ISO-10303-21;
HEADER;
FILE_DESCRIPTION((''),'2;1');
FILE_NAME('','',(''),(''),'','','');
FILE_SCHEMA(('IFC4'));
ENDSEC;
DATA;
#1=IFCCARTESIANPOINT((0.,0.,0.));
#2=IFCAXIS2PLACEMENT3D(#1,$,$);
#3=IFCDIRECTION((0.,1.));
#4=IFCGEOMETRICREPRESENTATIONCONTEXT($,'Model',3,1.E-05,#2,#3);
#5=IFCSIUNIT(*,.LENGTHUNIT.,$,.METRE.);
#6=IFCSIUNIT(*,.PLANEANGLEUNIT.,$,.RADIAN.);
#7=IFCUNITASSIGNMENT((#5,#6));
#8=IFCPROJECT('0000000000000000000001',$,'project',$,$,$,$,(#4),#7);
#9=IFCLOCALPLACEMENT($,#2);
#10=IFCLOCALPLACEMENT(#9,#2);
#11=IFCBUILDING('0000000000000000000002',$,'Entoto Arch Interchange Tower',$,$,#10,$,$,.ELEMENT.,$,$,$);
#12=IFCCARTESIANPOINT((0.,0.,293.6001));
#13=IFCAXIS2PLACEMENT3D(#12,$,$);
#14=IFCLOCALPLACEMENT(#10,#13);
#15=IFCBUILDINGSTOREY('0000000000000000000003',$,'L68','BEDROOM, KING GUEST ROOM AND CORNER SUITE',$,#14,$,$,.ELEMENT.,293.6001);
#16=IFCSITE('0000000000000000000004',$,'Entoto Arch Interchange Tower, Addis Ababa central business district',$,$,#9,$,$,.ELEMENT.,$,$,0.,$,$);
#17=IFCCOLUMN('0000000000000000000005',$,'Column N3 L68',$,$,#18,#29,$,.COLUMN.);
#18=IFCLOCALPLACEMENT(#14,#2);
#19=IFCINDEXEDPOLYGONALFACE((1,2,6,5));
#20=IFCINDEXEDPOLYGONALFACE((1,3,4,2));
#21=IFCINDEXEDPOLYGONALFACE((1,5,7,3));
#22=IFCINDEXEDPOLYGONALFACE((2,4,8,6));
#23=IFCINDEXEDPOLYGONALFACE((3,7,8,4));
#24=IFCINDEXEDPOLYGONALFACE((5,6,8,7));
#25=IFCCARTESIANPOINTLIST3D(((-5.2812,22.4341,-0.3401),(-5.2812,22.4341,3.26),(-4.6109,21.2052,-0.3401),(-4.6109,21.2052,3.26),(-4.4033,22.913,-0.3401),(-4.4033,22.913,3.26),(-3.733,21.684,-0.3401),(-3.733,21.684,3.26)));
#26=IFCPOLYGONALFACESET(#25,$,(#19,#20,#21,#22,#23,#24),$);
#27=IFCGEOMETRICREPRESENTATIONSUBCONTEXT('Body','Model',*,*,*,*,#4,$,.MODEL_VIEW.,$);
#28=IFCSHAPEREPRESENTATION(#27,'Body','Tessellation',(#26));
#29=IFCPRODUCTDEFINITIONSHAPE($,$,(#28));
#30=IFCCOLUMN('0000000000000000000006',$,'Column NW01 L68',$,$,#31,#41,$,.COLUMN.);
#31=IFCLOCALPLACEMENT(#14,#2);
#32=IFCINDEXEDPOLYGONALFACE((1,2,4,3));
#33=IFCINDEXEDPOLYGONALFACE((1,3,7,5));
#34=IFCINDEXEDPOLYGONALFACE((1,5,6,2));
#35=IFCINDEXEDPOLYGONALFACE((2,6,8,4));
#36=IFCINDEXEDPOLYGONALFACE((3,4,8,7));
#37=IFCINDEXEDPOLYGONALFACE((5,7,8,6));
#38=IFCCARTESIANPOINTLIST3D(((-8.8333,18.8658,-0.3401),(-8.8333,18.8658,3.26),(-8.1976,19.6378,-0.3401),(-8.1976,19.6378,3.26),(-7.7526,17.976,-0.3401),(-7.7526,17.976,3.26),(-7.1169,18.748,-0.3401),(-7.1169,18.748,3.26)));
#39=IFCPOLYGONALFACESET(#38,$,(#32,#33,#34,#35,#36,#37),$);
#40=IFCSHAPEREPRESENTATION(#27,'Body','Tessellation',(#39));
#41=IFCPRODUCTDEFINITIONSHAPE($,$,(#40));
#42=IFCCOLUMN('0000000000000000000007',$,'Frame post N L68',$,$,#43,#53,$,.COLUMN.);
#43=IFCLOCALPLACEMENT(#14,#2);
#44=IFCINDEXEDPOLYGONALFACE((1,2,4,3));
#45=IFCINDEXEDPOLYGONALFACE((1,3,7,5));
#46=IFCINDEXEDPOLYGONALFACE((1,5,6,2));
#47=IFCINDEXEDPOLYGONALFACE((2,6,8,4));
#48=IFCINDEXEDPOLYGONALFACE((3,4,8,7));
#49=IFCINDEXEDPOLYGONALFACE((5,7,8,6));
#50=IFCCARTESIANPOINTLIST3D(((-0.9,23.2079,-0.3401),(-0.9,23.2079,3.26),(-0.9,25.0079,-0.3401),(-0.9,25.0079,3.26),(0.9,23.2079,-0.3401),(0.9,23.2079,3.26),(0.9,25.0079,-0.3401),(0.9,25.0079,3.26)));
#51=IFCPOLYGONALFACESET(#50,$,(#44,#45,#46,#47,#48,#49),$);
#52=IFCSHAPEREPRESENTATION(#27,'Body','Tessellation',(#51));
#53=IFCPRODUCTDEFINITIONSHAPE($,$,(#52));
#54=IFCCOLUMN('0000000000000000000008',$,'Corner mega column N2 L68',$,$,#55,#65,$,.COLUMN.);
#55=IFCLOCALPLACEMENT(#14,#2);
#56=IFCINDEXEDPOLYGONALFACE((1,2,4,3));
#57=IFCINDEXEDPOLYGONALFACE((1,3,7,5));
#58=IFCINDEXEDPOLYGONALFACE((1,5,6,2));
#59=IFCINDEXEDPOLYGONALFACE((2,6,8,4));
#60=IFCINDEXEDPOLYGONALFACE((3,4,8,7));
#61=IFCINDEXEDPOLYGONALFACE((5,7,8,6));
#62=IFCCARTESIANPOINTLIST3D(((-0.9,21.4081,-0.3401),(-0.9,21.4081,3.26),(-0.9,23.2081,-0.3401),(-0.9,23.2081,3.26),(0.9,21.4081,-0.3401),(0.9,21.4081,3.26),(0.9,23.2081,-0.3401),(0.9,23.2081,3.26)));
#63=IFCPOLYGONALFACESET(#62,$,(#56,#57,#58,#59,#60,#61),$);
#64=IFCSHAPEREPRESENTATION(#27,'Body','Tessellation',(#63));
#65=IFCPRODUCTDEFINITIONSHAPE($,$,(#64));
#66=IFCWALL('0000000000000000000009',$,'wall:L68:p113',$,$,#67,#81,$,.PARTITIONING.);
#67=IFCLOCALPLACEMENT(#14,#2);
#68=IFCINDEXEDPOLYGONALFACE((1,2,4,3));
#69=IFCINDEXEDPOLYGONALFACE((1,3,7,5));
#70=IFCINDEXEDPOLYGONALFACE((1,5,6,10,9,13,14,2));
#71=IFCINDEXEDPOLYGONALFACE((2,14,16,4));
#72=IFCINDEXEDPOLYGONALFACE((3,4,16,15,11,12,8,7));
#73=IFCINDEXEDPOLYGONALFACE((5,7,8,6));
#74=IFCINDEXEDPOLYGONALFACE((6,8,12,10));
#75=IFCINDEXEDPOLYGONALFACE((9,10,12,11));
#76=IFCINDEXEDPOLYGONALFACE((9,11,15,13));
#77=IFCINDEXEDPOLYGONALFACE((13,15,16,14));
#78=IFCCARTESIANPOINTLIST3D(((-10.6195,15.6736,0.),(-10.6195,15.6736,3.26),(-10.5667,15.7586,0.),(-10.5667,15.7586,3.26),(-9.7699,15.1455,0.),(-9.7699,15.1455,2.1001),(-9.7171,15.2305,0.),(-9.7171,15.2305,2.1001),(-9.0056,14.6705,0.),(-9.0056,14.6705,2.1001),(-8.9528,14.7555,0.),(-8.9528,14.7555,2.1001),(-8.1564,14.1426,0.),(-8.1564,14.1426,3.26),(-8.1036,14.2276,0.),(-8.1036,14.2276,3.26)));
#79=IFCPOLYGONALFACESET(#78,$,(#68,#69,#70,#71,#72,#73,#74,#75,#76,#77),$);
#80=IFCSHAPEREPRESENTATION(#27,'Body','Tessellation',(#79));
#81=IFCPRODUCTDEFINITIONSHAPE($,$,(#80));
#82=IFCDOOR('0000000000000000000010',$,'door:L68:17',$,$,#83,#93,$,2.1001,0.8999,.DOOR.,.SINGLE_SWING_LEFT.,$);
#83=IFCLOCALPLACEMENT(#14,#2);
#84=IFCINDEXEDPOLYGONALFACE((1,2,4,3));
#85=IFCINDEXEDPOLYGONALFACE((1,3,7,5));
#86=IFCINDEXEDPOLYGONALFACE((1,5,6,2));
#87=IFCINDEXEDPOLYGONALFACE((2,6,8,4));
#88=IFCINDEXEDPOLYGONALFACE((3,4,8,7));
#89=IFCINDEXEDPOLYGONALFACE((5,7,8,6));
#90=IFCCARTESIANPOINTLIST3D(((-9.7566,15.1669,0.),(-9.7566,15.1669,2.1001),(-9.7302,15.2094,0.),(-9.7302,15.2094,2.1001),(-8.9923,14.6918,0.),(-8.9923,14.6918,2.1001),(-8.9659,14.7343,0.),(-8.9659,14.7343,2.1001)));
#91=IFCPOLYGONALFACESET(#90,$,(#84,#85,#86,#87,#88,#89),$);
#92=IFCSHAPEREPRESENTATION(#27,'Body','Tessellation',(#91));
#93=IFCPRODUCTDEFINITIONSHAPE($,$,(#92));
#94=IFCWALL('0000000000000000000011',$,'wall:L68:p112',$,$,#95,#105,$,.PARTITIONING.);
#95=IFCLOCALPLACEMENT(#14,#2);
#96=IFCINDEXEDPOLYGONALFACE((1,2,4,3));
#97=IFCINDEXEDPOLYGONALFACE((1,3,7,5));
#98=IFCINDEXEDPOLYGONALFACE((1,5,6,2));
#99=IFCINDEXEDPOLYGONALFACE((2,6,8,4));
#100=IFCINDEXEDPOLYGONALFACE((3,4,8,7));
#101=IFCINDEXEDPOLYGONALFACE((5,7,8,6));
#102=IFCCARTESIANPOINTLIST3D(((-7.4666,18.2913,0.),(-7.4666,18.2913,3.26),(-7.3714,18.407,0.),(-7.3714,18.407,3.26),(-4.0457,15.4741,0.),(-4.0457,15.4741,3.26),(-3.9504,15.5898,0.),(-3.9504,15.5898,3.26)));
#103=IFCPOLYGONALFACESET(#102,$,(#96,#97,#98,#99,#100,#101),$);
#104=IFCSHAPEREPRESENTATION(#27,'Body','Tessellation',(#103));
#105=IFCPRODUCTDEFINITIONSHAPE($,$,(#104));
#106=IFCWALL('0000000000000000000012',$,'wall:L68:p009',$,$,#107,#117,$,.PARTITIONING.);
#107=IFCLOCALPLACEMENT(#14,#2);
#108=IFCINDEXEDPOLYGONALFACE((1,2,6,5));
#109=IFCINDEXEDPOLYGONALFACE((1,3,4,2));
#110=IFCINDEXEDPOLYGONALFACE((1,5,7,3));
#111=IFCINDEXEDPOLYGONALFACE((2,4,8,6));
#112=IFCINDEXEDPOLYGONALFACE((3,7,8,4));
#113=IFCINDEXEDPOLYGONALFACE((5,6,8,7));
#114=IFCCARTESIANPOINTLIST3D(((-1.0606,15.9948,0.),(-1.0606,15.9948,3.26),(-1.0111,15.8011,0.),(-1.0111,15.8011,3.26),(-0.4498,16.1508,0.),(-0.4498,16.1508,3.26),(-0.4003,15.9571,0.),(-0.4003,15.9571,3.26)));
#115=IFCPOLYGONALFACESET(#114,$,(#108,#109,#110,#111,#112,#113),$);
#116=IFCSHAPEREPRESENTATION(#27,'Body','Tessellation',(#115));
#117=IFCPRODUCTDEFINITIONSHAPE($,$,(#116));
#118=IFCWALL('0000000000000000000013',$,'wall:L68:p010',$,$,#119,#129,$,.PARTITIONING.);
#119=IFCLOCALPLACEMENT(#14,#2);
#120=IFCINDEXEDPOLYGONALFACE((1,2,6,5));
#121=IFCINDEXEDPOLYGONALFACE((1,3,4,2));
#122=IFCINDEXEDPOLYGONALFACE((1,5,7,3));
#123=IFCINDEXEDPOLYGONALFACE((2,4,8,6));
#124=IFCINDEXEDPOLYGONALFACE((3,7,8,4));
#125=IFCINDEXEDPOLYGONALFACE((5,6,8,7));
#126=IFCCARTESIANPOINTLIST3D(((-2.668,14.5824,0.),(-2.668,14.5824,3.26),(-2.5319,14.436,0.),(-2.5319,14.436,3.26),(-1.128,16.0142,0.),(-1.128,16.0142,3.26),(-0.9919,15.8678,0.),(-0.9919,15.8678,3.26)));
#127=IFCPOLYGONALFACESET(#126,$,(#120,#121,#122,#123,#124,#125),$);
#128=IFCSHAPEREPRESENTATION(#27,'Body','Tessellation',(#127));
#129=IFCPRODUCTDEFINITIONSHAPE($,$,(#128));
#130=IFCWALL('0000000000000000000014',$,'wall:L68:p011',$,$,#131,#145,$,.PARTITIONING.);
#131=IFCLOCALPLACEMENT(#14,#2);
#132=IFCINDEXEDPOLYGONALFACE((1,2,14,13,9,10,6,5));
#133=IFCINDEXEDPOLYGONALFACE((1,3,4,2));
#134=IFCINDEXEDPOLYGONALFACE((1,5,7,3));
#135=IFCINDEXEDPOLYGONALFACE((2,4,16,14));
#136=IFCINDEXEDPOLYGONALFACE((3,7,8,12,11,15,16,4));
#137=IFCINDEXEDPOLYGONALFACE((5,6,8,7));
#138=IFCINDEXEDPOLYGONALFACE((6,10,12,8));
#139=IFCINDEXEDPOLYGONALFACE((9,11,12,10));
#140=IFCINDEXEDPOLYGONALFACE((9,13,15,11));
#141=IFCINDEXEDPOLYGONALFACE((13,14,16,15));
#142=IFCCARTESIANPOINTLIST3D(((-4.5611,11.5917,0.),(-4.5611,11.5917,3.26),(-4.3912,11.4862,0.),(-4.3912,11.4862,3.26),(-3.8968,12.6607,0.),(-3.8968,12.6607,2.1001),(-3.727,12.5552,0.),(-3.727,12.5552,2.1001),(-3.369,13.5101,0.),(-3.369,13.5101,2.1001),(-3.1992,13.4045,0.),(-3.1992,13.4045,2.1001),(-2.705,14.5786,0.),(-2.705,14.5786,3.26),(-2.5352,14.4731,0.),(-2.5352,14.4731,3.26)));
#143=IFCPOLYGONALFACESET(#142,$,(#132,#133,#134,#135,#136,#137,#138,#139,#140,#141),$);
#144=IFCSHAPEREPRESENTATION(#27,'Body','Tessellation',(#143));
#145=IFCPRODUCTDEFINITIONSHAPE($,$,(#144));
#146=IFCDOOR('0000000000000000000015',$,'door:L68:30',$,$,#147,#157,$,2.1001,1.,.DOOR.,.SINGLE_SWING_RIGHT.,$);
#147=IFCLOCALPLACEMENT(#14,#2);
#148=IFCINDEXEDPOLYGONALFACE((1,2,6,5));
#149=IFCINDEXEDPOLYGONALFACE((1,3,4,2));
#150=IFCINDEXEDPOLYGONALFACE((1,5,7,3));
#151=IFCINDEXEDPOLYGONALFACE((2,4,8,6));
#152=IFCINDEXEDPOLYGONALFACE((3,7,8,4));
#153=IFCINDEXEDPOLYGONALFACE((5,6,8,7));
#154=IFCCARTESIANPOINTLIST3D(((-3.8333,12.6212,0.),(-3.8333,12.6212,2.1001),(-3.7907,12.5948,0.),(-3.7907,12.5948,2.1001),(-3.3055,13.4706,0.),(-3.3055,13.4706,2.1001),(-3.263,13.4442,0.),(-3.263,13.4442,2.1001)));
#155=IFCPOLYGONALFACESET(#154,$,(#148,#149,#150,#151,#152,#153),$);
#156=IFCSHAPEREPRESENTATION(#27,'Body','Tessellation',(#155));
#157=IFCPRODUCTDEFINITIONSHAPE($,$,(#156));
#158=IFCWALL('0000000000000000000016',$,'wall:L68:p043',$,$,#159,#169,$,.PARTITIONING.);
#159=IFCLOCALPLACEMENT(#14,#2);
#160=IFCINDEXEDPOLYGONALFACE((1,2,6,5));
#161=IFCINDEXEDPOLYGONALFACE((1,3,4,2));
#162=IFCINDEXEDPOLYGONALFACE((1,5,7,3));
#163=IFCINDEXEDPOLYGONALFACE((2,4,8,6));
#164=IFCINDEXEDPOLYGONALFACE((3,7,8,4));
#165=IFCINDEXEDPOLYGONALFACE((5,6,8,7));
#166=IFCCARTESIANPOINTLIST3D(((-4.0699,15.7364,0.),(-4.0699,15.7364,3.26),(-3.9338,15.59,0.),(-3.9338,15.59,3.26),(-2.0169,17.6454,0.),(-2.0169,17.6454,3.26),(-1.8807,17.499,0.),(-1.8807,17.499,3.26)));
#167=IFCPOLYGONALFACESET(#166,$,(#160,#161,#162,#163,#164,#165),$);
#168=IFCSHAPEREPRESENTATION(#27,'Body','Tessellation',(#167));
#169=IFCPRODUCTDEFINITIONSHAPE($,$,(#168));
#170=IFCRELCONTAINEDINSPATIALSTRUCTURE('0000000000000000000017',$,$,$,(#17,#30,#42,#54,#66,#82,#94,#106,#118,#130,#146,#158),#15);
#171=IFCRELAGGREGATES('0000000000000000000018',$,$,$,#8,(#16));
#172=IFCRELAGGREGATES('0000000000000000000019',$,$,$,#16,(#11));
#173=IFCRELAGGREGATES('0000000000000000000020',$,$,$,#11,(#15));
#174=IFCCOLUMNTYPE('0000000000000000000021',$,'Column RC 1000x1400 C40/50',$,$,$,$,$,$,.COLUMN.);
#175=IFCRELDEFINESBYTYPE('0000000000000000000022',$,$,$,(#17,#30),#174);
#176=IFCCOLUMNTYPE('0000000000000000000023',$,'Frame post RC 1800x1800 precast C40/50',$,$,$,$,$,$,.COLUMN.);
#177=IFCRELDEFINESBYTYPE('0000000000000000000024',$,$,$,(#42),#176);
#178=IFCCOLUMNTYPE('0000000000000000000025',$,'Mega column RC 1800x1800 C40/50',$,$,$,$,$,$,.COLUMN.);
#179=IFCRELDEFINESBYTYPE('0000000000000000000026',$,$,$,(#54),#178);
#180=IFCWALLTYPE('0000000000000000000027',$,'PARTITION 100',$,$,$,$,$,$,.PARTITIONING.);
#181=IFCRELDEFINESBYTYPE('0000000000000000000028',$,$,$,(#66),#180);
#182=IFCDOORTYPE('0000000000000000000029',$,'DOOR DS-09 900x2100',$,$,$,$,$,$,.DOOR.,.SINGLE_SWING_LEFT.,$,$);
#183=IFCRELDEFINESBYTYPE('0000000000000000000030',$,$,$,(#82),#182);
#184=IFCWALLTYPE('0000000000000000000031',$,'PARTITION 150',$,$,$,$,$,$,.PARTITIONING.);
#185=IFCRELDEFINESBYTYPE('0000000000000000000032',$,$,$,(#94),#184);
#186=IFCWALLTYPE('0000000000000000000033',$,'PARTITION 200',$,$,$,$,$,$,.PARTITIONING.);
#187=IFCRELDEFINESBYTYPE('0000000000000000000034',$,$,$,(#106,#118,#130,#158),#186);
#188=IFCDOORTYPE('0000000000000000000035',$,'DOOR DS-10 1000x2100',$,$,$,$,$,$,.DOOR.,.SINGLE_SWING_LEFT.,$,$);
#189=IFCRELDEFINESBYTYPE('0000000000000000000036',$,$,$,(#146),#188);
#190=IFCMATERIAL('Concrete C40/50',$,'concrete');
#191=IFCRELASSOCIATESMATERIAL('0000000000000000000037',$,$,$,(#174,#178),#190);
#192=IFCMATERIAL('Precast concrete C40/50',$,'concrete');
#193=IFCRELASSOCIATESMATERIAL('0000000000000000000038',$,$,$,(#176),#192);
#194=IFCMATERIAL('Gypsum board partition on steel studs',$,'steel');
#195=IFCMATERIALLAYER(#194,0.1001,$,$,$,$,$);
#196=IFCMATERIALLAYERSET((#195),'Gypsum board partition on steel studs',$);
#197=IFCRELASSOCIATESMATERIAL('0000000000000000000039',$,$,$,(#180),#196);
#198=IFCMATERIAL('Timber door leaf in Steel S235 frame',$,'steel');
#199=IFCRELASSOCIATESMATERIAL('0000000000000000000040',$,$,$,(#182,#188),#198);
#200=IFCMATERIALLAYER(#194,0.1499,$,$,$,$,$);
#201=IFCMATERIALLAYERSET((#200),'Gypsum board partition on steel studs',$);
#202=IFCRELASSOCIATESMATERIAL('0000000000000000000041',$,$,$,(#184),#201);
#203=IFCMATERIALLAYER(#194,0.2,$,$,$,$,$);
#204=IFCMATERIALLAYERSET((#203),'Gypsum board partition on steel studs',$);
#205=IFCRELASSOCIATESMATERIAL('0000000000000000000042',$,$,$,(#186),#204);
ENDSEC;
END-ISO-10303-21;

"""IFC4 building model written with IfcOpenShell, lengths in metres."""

from ifc_helpers import new_model, si_unit, direction, frame, frame_2d, origin, origin_2d, place, context, subcontext, project, spatial, rectangle, extrude, material, layer, layer_set, material_profile, profile_set, type_object, element, fill, save


model = new_model("IFC4")

# Units and contexts
model_context = context("Model", 3, precision=1e-05, world=origin(), true_north=direction((0.0, 1.0)))
body_context = subcontext(model_context, "Body", "Model", "MODEL_VIEW")
ifc_project = project(units=[si_unit("LENGTHUNIT", "METRE"), si_unit("PLANEANGLEUNIT", "RADIAN")], contexts=[model_context])

# Site, building, storey
site_placement = place(None, origin())
site = spatial("IfcSite", under=ifc_project, at=site_placement, Name="Entoto Arch Interchange Tower, Addis Ababa central business district", CompositionType="ELEMENT", RefElevation=0.0)
building_placement = place(site_placement, origin())
building = spatial("IfcBuilding", under=site, at=building_placement, Name="Entoto Arch Interchange Tower", CompositionType="ELEMENT")
storey_placement = place(building_placement, frame((0.0, 0.0, 293.6001)))
storey = spatial("IfcBuildingStorey", under=building, at=storey_placement, Name="L68", Description="BEDROOM, KING GUEST ROOM AND CORNER SUITE", CompositionType="ELEMENT", Elevation=293.6001)

# Columns
ifc_material_1 = material(Name="Concrete C40/50", Category="concrete")
ifc_material_profile_1 = material_profile(ifc_material_1, rectangle(XDim=1.0, YDim=1.3999, at=origin_2d()))
ifc_profile_set_1 = profile_set([ifc_material_profile_1], Name="Concrete C40/50")
column_type_1 = type_object("IfcColumnType", Name="Column RC 1000x1400 C40/50", PredefinedType="COLUMN", material=ifc_profile_set_1)
for number, where, z_axis, x_axis, name in (
    (1, (-4.5071, 22.0591, -0.3401), (0.0, 0.0, 1.0), (0.877899, 0.478845, 0.0), "Column N3 L68"),
    (2, (-7.9751, 18.8069, -0.3401), (0.0, 0.0, 1.0), (0.635647, 0.77198, 0.0), "Column NW01 L68"),
):
    element("IfcColumn", number, at=place(storey_placement, frame(where, z_axis=z_axis, x_axis=x_axis)), inside=storey, type_object=column_type_1, Name=name, PredefinedType="COLUMN", context=body_context, shape_type="SweptSolid", body=[
        extrude(rectangle(XDim=1.0, YDim=1.3999, at=origin_2d()), origin(), (0.0, 0.0, 1.0), 3.6001),
    ])
ifc_material_2 = material(Name="Precast concrete C40/50", Category="concrete")
ifc_material_profile_2 = material_profile(ifc_material_2, rectangle(XDim=1.8, YDim=1.8, at=origin_2d()))
ifc_profile_set_2 = profile_set([ifc_material_profile_2], Name="Precast concrete C40/50")
column_type_2 = type_object("IfcColumnType", Name="Frame post RC 1800x1800 precast C40/50", PredefinedType="COLUMN", material=ifc_profile_set_2)
column_1_placement = place(storey_placement, frame((0.0, 24.1079, -0.3401), z_axis=(0.0, 0.0, 1.0), x_axis=(0.0, 1.0, 0.0)))
element("IfcColumn", 3, at=column_1_placement, inside=storey, type_object=column_type_2, Name="Frame post N L68", PredefinedType="COLUMN", context=body_context, shape_type="SweptSolid", body=[
    extrude(rectangle(XDim=1.8, YDim=1.8, at=origin_2d()), origin(), (0.0, 0.0, 1.0), 3.6001),
])
ifc_material_profile_3 = material_profile(ifc_material_1, rectangle(XDim=1.8, YDim=1.8, at=origin_2d()))
ifc_profile_set_3 = profile_set([ifc_material_profile_3], Name="Concrete C40/50")
column_type_3 = type_object("IfcColumnType", Name="Mega column RC 1800x1800 C40/50", PredefinedType="COLUMN", material=ifc_profile_set_3)
column_2_placement = place(storey_placement, frame((0.0, 22.3081, -0.3401), z_axis=(0.0, 0.0, 1.0), x_axis=(0.0, 1.0, 0.0)))
element("IfcColumn", 4, at=column_2_placement, inside=storey, type_object=column_type_3, Name="Corner mega column N2 L68", PredefinedType="COLUMN", context=body_context, shape_type="SweptSolid", body=[
    extrude(rectangle(XDim=1.8, YDim=1.8, at=origin_2d()), origin(), (0.0, 0.0, 1.0), 3.6001),
])

# Wall, opening, door
ifc_material_3 = material(Name="Gypsum board partition on steel studs", Category="steel")
ifc_layer_1 = layer(ifc_material_3, 0.1001)
ifc_layer_set_1 = layer_set([ifc_layer_1], Name="Gypsum board partition on steel studs")
wall_type_1 = type_object("IfcWallType", Name="PARTITION 100", PredefinedType="PARTITIONING", material=ifc_layer_set_1)
wall_1_placement = place(storey_placement, frame((-8.1299, 14.1851, 0.0), z_axis=(0.0, 0.0, 1.0), x_axis=(-0.849306, 0.527901, 0.0)))
wall_1 = element("IfcWall", 5, at=wall_1_placement, inside=storey, type_object=wall_type_1, Name="wall:L68:p113", PredefinedType="PARTITIONING", context=body_context, shape_type="SweptSolid", body=[
    extrude(rectangle(XDim=2.9001, YDim=0.1001, at=frame_2d((1.4502, 0.0))), origin(), (0.0, 0.0, 1.0), 3.26),
])
opening_1_placement = place(wall_1_placement, frame((1.0, 0.0, 0.0)))
opening_1 = element("IfcOpeningElement", 6, at=opening_1_placement, cuts=wall_1, PredefinedType="OPENING", context=body_context, shape_type="SweptSolid", body=[
    extrude(rectangle(XDim=0.8999, YDim=2.1001, at=frame_2d((0.45, 1.05))), frame((0.0, 0.0601, 0.0), z_axis=(0.0, -1.0, 0.0), x_axis=(1.0, 0.0, 0.0)), (0.0, 0.0, 1.0), 0.1201),
])
ifc_material_4 = material(Name="Timber door leaf in Steel S235 frame", Category="steel")
door_type_1 = type_object("IfcDoorType", Name="DOOR DS-09 900x2100", OperationType="SINGLE_SWING_LEFT", PredefinedType="DOOR", material=ifc_material_4)
door_1_placement = place(opening_1_placement, origin())
door_1 = element("IfcDoor", 7, at=door_1_placement, inside=storey, type_object=door_type_1, Name="door:L68:17", OperationType="SINGLE_SWING_LEFT", OverallHeight=2.1001, OverallWidth=0.8999, PredefinedType="DOOR", context=body_context, shape_type="SweptSolid", body=[
    extrude(rectangle(XDim=0.8999, YDim=2.1001, at=frame_2d((0.45, 1.05))), frame((0.0, 0.0249, 0.0), z_axis=(0.0, -1.0, 0.0), x_axis=(1.0, 0.0, 0.0)), (0.0, 0.0, 1.0), 0.05),
])
fill(opening_1, door_1)

# Walls
ifc_layer_2 = layer(ifc_material_3, 0.1499)
ifc_layer_set_2 = layer_set([ifc_layer_2], Name="Gypsum board partition on steel studs")
wall_type_2 = type_object("IfcWallType", Name="PARTITION 150", PredefinedType="PARTITIONING", material=ifc_layer_set_2)
wall_2_placement = place(storey_placement, frame((-3.998, 15.532, 0.0), z_axis=(0.0, 0.0, 1.0), x_axis=(-0.771938, 0.635698, 0.0)))
element("IfcWall", 8, at=wall_2_placement, inside=storey, type_object=wall_type_2, Name="wall:L68:p112", PredefinedType="PARTITIONING", context=body_context, shape_type="SweptSolid", body=[
    extrude(rectangle(XDim=4.4316, YDim=0.1499, at=frame_2d((2.2158, 0.0))), origin(), (0.0, 0.0, 1.0), 3.26),
])
ifc_layer_3 = layer(ifc_material_3, 0.2)
ifc_layer_set_3 = layer_set([ifc_layer_3], Name="Gypsum board partition on steel studs")
wall_type_3 = type_object("IfcWallType", Name="PARTITION 200", PredefinedType="PARTITIONING", material=ifc_layer_set_3)
wall_3_placement = place(storey_placement, frame((-0.425, 16.054, 0.0), z_axis=(0.0, 0.0, 1.0), x_axis=(-0.9689, -0.247453, 0.0)))
element("IfcWall", 9, at=wall_3_placement, inside=storey, type_object=wall_type_3, Name="wall:L68:p009", PredefinedType="PARTITIONING", context=body_context, shape_type="SweptSolid", body=[
    extrude(rectangle(XDim=0.6304, YDim=0.2, at=frame_2d((0.3152, 0.0))), origin(), (0.0, 0.0, 1.0), 3.26),
])
wall_4_placement = place(storey_placement, frame((-1.0601, 15.9409, 0.0), z_axis=(0.0, 0.0, 1.0), x_axis=(-0.732355, -0.680923, 0.0)))
element("IfcWall", 10, at=wall_4_placement, inside=storey, type_object=wall_type_3, Name="wall:L68:p010", PredefinedType="PARTITIONING", context=body_context, shape_type="SweptSolid", body=[
    extrude(rectangle(XDim=2.1028, YDim=0.2, at=frame_2d((1.0513, 0.0))), origin(), (0.0, 0.0, 1.0), 3.26),
])

# Wall, opening, door
wall_5_placement = place(storey_placement, frame((-2.6201, 14.5259, 0.0), z_axis=(0.0, 0.0, 1.0), x_axis=(-0.527788, -0.849376, 0.0)))
wall_5 = element("IfcWall", 11, at=wall_5_placement, inside=storey, type_object=wall_type_3, Name="wall:L68:p011", PredefinedType="PARTITIONING", context=body_context, shape_type="SweptSolid", body=[
    extrude(rectangle(XDim=3.5166, YDim=0.2, at=frame_2d((1.7583, 0.0))), origin(), (0.0, 0.0, 1.0), 3.26),
])
opening_2_placement = place(wall_5_placement, frame((1.2581, 0.0, 0.0)))
opening_2 = element("IfcOpeningElement", 12, at=opening_2_placement, cuts=wall_5, PredefinedType="OPENING", context=body_context, shape_type="SweptSolid", body=[
    extrude(rectangle(XDim=1.0, YDim=2.1001, at=frame_2d((0.5, 1.05))), frame((0.0, 0.1099, 0.0), z_axis=(0.0, -1.0, 0.0), x_axis=(1.0, 0.0, 0.0)), (0.0, 0.0, 1.0), 0.22),
])
door_type_2 = type_object("IfcDoorType", Name="DOOR DS-10 1000x2100", OperationType="SINGLE_SWING_LEFT", PredefinedType="DOOR", material=ifc_material_4)
door_2_placement = place(opening_2_placement, origin())
door_2 = element("IfcDoor", 13, at=door_2_placement, inside=storey, type_object=door_type_2, Name="door:L68:30", OperationType="SINGLE_SWING_RIGHT", OverallHeight=2.1001, OverallWidth=1.0, PredefinedType="DOOR", context=body_context, shape_type="SweptSolid", body=[
    extrude(rectangle(XDim=1.0, YDim=2.1001, at=frame_2d((0.5, 1.05))), frame((0.0, 0.0249, 0.0), z_axis=(0.0, -1.0, 0.0), x_axis=(1.0, 0.0, 0.0)), (0.0, 0.0, 1.0), 0.05),
])
fill(opening_2, door_2)

# Wall
wall_6_placement = place(storey_placement, frame((-4.002, 15.6631, 0.0), z_axis=(0.0, 0.0, 1.0), x_axis=(0.732331, 0.680949, 0.0)))
element("IfcWall", 14, at=wall_6_placement, inside=storey, type_object=wall_type_3, Name="wall:L68:p043", PredefinedType="PARTITIONING", context=body_context, shape_type="SweptSolid", body=[
    extrude(rectangle(XDim=2.8035, YDim=0.2, at=frame_2d((1.4019, 0.0))), origin(), (0.0, 0.0, 1.0), 3.26),
])

save(model, "model.ifc")
